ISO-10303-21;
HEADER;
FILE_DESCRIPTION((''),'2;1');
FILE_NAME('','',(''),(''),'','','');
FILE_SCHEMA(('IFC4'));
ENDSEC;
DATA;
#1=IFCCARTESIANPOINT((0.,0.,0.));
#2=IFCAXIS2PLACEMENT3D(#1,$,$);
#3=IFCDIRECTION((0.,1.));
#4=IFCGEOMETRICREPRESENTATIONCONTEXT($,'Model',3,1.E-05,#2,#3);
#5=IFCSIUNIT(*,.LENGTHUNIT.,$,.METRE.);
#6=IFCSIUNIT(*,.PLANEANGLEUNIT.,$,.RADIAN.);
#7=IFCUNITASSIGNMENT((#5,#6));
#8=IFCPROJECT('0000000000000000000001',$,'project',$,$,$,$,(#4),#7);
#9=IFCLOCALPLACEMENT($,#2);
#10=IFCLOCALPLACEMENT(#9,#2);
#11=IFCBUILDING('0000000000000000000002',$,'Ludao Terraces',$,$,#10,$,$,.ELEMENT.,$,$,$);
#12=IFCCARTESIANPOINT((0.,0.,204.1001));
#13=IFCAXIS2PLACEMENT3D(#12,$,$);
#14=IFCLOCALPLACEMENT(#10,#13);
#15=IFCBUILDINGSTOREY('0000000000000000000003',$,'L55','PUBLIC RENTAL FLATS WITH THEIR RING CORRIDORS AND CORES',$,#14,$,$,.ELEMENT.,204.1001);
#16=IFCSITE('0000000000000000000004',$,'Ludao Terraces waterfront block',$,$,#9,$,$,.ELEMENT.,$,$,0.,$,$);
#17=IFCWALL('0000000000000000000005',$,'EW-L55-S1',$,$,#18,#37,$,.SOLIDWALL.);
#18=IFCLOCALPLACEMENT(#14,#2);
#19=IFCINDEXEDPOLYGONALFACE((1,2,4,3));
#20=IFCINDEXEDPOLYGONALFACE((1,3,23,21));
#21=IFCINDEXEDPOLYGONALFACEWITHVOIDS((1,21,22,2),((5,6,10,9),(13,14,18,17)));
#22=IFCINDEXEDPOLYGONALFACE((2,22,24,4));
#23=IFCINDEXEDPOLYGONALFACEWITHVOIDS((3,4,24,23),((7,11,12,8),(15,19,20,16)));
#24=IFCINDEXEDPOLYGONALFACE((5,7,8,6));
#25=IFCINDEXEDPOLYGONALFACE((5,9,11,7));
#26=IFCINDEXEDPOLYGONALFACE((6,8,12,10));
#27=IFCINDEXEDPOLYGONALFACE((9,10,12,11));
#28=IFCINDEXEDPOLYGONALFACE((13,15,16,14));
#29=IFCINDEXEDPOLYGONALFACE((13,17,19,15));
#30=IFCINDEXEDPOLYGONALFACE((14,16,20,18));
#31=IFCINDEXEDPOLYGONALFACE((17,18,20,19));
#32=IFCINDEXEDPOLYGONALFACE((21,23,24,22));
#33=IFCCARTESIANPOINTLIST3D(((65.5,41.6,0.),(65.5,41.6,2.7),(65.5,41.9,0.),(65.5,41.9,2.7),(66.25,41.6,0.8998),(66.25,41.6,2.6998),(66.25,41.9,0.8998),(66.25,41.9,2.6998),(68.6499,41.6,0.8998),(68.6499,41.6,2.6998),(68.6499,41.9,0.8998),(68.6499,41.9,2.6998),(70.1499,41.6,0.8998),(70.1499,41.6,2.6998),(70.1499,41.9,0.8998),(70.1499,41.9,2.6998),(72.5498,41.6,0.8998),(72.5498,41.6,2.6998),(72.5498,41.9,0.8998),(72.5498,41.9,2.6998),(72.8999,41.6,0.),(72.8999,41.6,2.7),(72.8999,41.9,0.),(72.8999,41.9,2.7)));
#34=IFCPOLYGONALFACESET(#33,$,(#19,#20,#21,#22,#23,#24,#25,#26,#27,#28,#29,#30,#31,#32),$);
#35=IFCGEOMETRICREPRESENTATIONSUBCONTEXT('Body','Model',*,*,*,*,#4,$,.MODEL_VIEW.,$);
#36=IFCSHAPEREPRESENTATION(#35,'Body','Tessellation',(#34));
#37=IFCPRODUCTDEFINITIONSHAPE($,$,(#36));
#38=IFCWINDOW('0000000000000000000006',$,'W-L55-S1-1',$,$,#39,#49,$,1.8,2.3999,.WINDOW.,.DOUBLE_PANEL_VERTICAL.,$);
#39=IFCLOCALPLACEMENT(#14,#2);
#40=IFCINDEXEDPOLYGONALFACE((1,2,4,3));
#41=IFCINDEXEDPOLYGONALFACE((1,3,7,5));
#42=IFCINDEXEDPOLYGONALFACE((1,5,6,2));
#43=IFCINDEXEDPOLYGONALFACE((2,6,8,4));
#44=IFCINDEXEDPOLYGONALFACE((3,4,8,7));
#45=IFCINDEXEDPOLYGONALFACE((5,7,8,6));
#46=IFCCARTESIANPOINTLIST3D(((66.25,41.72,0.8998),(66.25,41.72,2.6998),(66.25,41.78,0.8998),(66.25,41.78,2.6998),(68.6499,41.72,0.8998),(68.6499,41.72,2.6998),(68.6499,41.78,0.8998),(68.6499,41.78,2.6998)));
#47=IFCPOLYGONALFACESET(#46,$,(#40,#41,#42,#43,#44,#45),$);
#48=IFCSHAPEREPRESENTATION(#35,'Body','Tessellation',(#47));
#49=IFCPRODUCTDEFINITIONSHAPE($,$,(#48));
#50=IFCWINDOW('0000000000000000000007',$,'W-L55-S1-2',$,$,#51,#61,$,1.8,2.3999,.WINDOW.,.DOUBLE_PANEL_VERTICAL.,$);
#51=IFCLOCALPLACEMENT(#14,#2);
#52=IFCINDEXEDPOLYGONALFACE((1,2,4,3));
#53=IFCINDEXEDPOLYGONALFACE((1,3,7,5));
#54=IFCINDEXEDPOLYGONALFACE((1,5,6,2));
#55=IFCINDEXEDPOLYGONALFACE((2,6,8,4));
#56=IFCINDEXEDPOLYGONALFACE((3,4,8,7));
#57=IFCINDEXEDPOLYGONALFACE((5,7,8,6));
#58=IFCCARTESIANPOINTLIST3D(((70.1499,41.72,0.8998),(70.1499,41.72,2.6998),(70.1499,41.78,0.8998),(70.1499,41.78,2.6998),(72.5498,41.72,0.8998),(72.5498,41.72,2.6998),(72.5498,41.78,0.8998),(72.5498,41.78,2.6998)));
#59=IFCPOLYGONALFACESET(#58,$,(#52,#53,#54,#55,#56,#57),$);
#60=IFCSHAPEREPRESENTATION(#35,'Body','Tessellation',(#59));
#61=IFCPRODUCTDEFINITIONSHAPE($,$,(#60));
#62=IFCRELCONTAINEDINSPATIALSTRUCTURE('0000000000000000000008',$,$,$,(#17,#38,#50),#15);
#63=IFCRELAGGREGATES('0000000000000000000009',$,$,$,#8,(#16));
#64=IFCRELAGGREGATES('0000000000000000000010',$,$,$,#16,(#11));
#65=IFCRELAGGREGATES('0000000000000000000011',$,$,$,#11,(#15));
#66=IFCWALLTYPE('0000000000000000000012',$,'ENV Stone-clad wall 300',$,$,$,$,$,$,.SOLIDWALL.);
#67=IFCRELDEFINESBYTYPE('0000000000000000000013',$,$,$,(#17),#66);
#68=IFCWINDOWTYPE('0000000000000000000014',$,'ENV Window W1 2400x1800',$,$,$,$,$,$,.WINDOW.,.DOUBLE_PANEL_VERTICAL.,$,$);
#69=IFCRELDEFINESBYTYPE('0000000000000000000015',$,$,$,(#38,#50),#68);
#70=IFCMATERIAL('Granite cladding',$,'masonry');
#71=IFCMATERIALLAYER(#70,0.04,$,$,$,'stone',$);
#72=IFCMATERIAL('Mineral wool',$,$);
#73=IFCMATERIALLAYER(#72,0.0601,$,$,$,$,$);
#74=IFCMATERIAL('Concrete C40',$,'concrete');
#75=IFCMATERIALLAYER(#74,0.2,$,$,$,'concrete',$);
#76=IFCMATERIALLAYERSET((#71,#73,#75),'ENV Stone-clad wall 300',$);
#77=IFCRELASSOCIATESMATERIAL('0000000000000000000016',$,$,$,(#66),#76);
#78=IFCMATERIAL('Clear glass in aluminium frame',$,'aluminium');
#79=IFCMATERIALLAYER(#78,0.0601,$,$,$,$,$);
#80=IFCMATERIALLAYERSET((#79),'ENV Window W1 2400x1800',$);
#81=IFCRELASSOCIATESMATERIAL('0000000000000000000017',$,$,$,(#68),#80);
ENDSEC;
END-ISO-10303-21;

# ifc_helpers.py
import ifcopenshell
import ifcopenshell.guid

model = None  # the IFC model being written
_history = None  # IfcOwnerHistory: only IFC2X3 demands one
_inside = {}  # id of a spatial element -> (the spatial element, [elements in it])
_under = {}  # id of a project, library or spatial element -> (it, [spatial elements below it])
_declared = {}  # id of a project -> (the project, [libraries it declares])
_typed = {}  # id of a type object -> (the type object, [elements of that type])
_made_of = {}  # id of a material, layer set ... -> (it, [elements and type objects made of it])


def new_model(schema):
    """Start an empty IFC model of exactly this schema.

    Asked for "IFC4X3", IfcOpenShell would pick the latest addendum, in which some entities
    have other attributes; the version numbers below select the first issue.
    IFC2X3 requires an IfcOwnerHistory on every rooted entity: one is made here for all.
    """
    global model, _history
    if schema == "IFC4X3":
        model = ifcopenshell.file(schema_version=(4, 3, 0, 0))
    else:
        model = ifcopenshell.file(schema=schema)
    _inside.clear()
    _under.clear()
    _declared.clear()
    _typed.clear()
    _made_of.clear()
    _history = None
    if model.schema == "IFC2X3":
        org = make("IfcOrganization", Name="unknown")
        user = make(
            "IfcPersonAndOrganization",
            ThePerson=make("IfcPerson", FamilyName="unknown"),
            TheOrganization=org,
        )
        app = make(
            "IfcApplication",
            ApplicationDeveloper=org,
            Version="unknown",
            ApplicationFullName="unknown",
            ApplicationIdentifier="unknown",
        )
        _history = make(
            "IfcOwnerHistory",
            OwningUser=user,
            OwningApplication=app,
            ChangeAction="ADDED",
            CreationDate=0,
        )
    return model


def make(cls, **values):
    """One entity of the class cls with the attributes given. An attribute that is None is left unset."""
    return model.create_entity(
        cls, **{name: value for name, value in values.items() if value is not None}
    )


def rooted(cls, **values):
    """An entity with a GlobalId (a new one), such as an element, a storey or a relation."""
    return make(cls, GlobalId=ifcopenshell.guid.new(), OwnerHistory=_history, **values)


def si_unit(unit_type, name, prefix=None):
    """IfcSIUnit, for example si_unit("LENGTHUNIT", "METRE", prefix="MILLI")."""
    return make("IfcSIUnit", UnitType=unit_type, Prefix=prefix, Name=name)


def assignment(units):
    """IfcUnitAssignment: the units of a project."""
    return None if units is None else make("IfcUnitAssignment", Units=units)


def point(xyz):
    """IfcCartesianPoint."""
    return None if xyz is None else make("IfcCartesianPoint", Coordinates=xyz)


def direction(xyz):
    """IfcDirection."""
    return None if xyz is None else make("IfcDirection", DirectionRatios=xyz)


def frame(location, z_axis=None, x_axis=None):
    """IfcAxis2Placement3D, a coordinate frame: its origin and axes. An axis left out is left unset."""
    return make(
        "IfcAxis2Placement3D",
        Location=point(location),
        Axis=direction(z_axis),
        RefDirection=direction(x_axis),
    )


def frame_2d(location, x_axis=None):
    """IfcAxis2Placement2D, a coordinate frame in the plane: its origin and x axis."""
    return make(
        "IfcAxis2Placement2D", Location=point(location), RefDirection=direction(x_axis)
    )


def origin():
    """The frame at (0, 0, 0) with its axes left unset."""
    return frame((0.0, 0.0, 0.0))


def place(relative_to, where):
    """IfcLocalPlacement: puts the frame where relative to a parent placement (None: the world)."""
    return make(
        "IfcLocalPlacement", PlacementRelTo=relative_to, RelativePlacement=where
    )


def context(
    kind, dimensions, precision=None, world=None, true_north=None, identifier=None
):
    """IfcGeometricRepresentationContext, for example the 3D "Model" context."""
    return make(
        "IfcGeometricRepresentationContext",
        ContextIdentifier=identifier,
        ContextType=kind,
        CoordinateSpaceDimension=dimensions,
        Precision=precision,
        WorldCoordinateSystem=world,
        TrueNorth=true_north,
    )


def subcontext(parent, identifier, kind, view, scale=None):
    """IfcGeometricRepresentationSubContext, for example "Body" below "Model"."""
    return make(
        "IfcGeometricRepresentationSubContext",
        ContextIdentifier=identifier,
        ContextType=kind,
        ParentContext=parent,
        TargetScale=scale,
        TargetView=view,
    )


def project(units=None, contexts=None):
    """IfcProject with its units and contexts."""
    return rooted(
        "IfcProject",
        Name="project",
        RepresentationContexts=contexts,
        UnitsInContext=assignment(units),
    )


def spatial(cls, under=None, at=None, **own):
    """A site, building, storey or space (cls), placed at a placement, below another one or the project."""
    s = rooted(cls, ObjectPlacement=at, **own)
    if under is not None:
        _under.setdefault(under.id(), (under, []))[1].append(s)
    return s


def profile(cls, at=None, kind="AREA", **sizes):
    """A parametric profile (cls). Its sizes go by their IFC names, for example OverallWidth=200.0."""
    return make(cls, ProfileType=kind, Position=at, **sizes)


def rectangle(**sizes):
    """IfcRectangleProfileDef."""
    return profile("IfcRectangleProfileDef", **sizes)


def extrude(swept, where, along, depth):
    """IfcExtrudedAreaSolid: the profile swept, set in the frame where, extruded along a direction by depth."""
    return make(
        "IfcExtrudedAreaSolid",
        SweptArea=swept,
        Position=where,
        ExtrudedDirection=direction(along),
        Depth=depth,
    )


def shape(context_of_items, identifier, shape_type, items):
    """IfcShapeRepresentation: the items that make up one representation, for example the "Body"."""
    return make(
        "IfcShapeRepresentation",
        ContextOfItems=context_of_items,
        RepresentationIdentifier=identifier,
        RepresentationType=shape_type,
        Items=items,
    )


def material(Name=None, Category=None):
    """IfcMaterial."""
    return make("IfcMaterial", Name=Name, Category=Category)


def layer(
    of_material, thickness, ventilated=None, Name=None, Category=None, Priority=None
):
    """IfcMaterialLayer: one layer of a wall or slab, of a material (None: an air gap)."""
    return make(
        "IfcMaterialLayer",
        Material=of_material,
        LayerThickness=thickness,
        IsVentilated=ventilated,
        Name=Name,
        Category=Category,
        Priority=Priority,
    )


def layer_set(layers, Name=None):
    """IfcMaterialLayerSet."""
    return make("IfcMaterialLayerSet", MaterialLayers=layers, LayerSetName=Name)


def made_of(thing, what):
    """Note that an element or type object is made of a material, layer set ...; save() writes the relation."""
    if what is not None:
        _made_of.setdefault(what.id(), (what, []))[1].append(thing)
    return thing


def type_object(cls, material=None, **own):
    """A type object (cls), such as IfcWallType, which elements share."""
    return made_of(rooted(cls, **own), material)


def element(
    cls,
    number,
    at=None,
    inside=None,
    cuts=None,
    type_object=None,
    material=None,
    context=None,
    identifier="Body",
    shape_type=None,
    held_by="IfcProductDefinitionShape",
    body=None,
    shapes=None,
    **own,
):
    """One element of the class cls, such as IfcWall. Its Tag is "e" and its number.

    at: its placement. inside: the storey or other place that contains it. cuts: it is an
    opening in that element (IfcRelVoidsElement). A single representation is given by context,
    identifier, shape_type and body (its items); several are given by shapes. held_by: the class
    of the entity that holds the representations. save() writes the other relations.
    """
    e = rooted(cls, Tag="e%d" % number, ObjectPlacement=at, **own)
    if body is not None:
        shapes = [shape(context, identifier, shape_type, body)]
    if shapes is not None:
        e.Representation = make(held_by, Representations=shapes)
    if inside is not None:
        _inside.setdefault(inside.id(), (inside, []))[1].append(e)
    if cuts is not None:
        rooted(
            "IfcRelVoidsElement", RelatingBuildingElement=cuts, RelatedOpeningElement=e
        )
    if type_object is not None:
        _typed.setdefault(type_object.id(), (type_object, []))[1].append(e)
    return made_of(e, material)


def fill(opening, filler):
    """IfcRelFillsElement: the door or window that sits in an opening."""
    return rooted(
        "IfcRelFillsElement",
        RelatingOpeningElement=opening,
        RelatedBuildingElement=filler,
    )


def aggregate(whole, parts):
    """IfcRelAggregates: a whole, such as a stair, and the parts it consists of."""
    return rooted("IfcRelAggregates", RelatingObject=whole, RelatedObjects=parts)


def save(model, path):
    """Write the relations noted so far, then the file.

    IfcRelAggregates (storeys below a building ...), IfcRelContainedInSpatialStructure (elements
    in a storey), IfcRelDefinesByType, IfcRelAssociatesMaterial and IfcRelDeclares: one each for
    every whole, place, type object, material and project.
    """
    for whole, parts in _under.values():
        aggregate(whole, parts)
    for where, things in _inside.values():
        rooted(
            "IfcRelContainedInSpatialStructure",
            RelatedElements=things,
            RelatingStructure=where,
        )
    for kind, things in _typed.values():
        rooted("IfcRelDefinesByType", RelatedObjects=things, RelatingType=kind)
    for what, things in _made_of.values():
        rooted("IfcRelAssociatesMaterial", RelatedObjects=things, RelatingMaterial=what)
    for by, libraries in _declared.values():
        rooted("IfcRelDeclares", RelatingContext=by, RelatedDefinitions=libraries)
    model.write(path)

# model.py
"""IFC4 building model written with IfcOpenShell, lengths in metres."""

from ifc_helpers import new_model, si_unit, direction, frame, frame_2d, origin, place, context, subcontext, project, spatial, rectangle, extrude, material, layer, layer_set, type_object, element, fill, save


model = new_model("IFC4")

# Units and contexts
model_context = context("Model", 3, precision=1e-05, world=origin(), true_north=direction((0.0, 1.0)))
body_context = subcontext(model_context, "Body", "Model", "MODEL_VIEW")
ifc_project = project(units=[si_unit("LENGTHUNIT", "METRE"), si_unit("PLANEANGLEUNIT", "RADIAN")], contexts=[model_context])

# Site, building, storey
site_placement = place(None, origin())
site = spatial("IfcSite", under=ifc_project, at=site_placement, Name="Ludao Terraces waterfront block", CompositionType="ELEMENT", RefElevation=0.0)
building_placement = place(site_placement, origin())
building = spatial("IfcBuilding", under=site, at=building_placement, Name="Ludao Terraces", CompositionType="ELEMENT")
storey_placement = place(building_placement, frame((0.0, 0.0, 204.1001)))
storey = spatial("IfcBuildingStorey", under=building, at=storey_placement, Name="L55", Description="PUBLIC RENTAL FLATS WITH THEIR RING CORRIDORS AND CORES", CompositionType="ELEMENT", Elevation=204.1001)

# Wall, openings, windows
ifc_material_1 = material(Name="Granite cladding", Category="masonry")
ifc_layer_1 = layer(ifc_material_1, 0.04, Category="stone")
ifc_material_2 = material(Name="Mineral wool")
ifc_layer_2 = layer(ifc_material_2, 0.0601)
ifc_material_3 = material(Name="Concrete C40", Category="concrete")
ifc_layer_3 = layer(ifc_material_3, 0.2, Category="concrete")
ifc_layer_set_1 = layer_set([ifc_layer_1, ifc_layer_2, ifc_layer_3], Name="ENV Stone-clad wall 300")
wall_type_1 = type_object("IfcWallType", Name="ENV Stone-clad wall 300", PredefinedType="SOLIDWALL", material=ifc_layer_set_1)
wall_1_placement = place(storey_placement, frame((65.5, 41.75, 0.0), z_axis=(0.0, 0.0, 1.0), x_axis=(1.0, 0.0, 0.0)))
wall_1 = element("IfcWall", 1, at=wall_1_placement, inside=storey, type_object=wall_type_1, Name="EW-L55-S1", PredefinedType="SOLIDWALL", context=body_context, shape_type="SweptSolid", body=[
    extrude(rectangle(XDim=7.3999, YDim=0.3, at=frame_2d((3.7, 0.0))), origin(), (0.0, 0.0, 1.0), 2.7),
])
opening_1_placement = place(wall_1_placement, frame((0.75, 0.0, 0.8999)))
opening_1 = element("IfcOpeningElement", 2, at=opening_1_placement, cuts=wall_1, PredefinedType="OPENING", context=body_context, shape_type="SweptSolid", body=[
    extrude(rectangle(XDim=2.3999, YDim=1.8, at=frame_2d((1.2, 0.8999))), frame((0.0, 0.1602, 0.0), z_axis=(0.0, -1.0, 0.0), x_axis=(1.0, 0.0, 0.0)), (0.0, 0.0, 1.0), 0.3201),
])
opening_2_placement = place(wall_1_placement, frame((4.6499, 0.0, 0.8999)))
opening_2 = element("IfcOpeningElement", 3, at=opening_2_placement, cuts=wall_1, PredefinedType="OPENING", context=body_context, shape_type="SweptSolid", body=[
    extrude(rectangle(XDim=2.3999, YDim=1.8, at=frame_2d((1.2, 0.8999))), frame((0.0, 0.1602, 0.0), z_axis=(0.0, -1.0, 0.0), x_axis=(1.0, 0.0, 0.0)), (0.0, 0.0, 1.0), 0.3201),
])
ifc_material_4 = material(Name="Clear glass in aluminium frame", Category="aluminium")
ifc_layer_4 = layer(ifc_material_4, 0.0601)
ifc_layer_set_2 = layer_set([ifc_layer_4], Name="ENV Window W1 2400x1800")
window_type = type_object("IfcWindowType", Name="ENV Window W1 2400x1800", PartitioningType="DOUBLE_PANEL_VERTICAL", PredefinedType="WINDOW", material=ifc_layer_set_2)
window_1_placement = place(opening_1_placement, origin())
window_1 = element("IfcWindow", 4, at=window_1_placement, inside=storey, type_object=window_type, Name="W-L55-S1-1", OverallHeight=1.8, OverallWidth=2.3999, PartitioningType="DOUBLE_PANEL_VERTICAL", PredefinedType="WINDOW", context=body_context, shape_type="SweptSolid", body=[
    extrude(rectangle(XDim=2.3999, YDim=1.8, at=frame_2d((1.2, 0.8999))), frame((0.0, 0.03, 0.0), z_axis=(0.0, -1.0, 0.0), x_axis=(1.0, 0.0, 0.0)), (0.0, 0.0, 1.0), 0.0601),
])
fill(opening_1, window_1)
window_2_placement = place(opening_2_placement, origin())
window_2 = element("IfcWindow", 5, at=window_2_placement, inside=storey, type_object=window_type, Name="W-L55-S1-2", OverallHeight=1.8, OverallWidth=2.3999, PartitioningType="DOUBLE_PANEL_VERTICAL", PredefinedType="WINDOW", context=body_context, shape_type="SweptSolid", body=[
    extrude(rectangle(XDim=2.3999, YDim=1.8, at=frame_2d((1.2, 0.8999))), frame((0.0, 0.03, 0.0), z_axis=(0.0, -1.0, 0.0), x_axis=(1.0, 0.0, 0.0)), (0.0, 0.0, 1.0), 0.0601),
])
fill(opening_2, window_2)

save(model, "model.ifc")
